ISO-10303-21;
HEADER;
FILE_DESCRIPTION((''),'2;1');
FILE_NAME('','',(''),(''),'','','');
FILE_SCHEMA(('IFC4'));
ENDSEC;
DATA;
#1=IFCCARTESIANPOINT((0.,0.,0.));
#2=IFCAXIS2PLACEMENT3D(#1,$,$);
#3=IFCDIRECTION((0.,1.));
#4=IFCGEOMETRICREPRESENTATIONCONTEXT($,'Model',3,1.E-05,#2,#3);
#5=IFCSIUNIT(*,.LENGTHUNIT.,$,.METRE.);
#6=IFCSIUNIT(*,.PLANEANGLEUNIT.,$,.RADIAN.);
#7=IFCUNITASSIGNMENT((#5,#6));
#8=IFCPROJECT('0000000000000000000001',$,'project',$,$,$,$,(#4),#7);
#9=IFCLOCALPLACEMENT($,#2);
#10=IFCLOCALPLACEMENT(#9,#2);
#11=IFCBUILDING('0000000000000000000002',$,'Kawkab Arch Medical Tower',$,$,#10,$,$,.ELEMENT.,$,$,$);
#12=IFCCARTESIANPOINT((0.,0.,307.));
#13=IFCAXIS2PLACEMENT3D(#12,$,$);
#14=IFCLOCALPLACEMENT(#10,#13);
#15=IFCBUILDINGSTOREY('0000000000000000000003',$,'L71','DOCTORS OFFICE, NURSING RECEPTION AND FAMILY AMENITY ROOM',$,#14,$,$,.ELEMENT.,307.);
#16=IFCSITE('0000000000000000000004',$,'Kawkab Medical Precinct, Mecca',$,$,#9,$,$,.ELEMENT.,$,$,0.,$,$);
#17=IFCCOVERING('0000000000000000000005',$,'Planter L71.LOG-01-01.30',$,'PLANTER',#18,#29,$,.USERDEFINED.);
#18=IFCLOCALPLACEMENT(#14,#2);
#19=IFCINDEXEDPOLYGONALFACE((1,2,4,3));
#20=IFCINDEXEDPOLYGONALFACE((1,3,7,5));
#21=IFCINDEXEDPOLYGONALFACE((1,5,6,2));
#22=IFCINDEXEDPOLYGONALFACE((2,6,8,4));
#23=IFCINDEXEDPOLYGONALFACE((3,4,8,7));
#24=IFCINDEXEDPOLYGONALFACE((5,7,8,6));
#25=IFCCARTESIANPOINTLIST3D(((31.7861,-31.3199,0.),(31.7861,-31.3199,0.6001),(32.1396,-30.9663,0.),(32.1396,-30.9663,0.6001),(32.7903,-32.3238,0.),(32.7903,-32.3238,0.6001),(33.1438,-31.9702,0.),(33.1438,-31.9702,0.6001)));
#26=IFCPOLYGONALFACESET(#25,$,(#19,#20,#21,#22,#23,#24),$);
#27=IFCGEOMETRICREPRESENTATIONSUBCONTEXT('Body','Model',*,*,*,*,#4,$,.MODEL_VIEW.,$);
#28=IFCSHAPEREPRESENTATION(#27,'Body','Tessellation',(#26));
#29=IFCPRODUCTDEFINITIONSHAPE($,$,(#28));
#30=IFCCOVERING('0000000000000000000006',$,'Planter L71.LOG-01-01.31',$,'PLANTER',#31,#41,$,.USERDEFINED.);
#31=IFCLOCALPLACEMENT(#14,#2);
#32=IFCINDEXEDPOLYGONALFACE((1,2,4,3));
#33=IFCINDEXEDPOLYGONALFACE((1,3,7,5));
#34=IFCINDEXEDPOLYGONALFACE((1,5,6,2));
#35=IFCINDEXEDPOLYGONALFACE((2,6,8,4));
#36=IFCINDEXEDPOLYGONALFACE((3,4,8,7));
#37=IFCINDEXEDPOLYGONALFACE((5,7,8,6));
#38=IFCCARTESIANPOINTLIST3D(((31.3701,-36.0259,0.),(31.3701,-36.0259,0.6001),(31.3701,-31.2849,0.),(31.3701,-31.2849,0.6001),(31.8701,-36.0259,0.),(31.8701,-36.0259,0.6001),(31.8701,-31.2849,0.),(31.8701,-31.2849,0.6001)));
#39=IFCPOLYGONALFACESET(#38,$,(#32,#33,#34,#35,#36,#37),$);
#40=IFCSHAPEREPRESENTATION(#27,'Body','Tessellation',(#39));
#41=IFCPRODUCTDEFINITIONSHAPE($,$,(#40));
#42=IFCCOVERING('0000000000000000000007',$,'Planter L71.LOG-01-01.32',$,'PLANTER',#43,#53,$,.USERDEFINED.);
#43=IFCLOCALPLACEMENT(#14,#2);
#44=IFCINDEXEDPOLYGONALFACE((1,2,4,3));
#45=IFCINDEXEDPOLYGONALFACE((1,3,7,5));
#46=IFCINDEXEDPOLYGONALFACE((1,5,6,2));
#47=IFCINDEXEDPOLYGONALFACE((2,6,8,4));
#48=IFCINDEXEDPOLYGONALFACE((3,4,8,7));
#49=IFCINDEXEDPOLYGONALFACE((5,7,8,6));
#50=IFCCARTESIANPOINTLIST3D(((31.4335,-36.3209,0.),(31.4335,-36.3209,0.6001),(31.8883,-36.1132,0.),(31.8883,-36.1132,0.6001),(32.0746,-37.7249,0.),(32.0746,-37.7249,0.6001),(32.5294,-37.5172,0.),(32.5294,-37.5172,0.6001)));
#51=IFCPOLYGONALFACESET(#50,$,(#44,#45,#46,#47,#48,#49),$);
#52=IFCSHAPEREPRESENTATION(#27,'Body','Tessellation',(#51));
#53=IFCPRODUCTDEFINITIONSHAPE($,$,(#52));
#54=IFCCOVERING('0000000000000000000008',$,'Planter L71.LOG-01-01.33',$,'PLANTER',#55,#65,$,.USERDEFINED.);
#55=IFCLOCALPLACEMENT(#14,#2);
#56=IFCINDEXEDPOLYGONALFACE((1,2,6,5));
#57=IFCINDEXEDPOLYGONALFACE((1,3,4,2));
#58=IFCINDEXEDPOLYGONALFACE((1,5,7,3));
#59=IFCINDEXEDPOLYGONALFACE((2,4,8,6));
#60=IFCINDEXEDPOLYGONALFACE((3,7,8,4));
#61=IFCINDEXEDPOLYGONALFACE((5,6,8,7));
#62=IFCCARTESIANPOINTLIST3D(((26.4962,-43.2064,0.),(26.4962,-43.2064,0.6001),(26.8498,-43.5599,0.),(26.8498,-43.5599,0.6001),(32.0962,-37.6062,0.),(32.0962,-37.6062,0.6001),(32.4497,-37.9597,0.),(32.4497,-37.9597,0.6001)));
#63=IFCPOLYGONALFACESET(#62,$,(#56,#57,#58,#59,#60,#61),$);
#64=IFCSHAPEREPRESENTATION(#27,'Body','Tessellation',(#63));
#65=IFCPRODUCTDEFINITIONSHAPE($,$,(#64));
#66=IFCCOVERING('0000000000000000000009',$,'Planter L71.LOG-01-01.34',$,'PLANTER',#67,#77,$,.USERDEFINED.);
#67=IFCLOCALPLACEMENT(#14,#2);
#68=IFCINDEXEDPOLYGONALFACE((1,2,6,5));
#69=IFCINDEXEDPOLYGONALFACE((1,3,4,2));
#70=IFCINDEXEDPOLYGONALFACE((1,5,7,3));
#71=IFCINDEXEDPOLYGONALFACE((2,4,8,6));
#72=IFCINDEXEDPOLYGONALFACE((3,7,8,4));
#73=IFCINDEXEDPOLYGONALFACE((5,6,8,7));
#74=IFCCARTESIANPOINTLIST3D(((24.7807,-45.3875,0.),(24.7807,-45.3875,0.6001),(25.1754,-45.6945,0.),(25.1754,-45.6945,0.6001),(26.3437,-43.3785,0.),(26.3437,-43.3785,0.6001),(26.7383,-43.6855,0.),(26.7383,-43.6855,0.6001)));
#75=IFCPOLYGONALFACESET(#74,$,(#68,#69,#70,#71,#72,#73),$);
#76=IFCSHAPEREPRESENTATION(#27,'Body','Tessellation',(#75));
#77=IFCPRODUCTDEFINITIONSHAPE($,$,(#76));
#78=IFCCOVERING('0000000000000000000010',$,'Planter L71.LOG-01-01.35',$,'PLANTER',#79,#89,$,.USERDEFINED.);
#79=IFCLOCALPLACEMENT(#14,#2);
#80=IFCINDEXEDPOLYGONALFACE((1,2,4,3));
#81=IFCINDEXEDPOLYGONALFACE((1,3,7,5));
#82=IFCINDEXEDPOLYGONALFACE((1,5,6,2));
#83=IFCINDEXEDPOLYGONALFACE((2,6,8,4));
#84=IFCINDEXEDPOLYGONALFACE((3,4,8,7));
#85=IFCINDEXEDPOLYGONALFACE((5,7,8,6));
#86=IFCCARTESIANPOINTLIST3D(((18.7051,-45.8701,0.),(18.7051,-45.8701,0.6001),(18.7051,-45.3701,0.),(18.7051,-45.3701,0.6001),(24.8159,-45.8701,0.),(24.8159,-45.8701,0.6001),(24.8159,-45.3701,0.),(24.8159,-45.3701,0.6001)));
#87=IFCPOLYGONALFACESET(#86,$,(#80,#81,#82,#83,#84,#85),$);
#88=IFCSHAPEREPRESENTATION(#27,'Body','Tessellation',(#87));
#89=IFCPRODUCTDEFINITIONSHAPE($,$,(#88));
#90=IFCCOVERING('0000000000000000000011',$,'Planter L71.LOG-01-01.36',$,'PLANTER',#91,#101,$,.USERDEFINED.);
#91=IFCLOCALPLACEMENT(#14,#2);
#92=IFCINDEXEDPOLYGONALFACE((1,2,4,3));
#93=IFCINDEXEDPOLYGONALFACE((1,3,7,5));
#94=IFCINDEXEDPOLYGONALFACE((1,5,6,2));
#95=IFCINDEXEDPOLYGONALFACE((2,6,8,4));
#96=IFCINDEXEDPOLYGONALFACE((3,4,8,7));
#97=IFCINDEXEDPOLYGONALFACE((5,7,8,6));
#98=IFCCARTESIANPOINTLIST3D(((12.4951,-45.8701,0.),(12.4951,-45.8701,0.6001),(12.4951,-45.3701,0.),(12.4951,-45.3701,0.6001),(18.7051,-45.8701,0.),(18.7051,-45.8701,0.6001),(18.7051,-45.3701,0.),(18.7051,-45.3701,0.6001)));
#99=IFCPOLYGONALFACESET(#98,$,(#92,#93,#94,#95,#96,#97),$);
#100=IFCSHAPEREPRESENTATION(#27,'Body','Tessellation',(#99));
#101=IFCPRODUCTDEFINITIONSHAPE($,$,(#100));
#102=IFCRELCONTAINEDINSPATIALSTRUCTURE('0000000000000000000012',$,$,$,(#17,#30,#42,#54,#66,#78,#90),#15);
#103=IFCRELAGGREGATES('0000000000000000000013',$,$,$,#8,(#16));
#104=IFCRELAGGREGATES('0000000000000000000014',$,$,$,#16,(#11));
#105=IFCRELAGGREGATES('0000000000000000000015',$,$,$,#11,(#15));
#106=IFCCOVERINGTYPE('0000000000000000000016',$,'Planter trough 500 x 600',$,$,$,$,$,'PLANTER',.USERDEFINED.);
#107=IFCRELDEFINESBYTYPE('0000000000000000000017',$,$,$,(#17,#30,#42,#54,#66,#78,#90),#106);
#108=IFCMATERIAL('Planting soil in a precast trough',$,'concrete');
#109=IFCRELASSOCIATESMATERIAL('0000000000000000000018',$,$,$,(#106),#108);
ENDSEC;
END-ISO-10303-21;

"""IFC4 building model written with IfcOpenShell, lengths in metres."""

from ifc_helpers import new_model, si_unit, direction, frame, origin, origin_2d, place, context, subcontext, project, spatial, rectangle, extrude, material, material_profile, profile_set, type_object, element, save


model = new_model("IFC4")

# Units and contexts
model_context = context("Model", 3, precision=1e-05, world=origin(), true_north=direction((0.0, 1.0)))
body_context = subcontext(model_context, "Body", "Model", "MODEL_VIEW")
ifc_project = project(units=[si_unit("LENGTHUNIT", "METRE"), si_unit("PLANEANGLEUNIT", "RADIAN")], contexts=[model_context])

# Site, building, storey
site_placement = place(None, origin())
site = spatial("IfcSite", under=ifc_project, at=site_placement, Name="Kawkab Medical Precinct, Mecca", CompositionType="ELEMENT", RefElevation=0.0)
building_placement = place(site_placement, origin())
building = spatial("IfcBuilding", under=site, at=building_placement, Name="Kawkab Arch Medical Tower", CompositionType="ELEMENT")
storey_placement = place(building_placement, frame((0.0, 0.0, 307.0)))
storey = spatial("IfcBuildingStorey", under=building, at=storey_placement, Name="L71", Description="DOCTORS OFFICE, NURSING RECEPTION AND FAMILY AMENITY ROOM", CompositionType="ELEMENT", Elevation=307.0)

# Coverings
ifc_material_1 = material(Name="Planting soil in a precast trough", Category="concrete")
ifc_material_profile_1 = material_profile(ifc_material_1, rectangle(XDim=0.5, YDim=0.6001, at=origin_2d()), Name="Trough 500x600")
ifc_profile_set_1 = profile_set([ifc_material_profile_1], Name="Planting soil in a precast trough")
covering_type_1 = type_object("IfcCoveringType", Name="Planter trough 500 x 600", ElementType="PLANTER", PredefinedType="USERDEFINED", material=ifc_profile_set_1)
covering_1_placement = place(storey_placement, frame((32.967, -32.147, 0.3), z_axis=(-0.707193, 0.707021, 0.0), x_axis=(-0.707021, -0.707193, 0.0)))
element("IfcCovering", 1, at=covering_1_placement, inside=storey, type_object=covering_type_1, Name="Planter L71.LOG-01-01.30", ObjectType="PLANTER", PredefinedType="USERDEFINED", context=body_context, shape_type="SweptSolid", body=[
    extrude(rectangle(XDim=0.5, YDim=0.6001, at=origin_2d()), origin(), (0.0, 0.0, 1.0), 1.4199),
])
covering_2_placement = place(storey_placement, frame((31.6201, -31.2849, 0.3), z_axis=(0.0, -1.0, 0.0), x_axis=(1.0, 0.0, 0.0)))
element("IfcCovering", 2, at=covering_2_placement, inside=storey, type_object=covering_type_1, Name="Planter L71.LOG-01-01.31", ObjectType="PLANTER", PredefinedType="USERDEFINED", context=body_context, shape_type="SweptSolid", body=[
    extrude(rectangle(XDim=0.5, YDim=0.6001, at=origin_2d()), origin(), (0.0, 0.0, 1.0), 4.741),
])
covering_3_placement = place(storey_placement, frame((31.6609, -36.217, 0.3), z_axis=(0.415363, -0.909656, 0.0), x_axis=(0.909656, 0.415363, 0.0)))
element("IfcCovering", 3, at=covering_3_placement, inside=storey, type_object=covering_type_1, Name="Planter L71.LOG-01-01.32", ObjectType="PLANTER", PredefinedType="USERDEFINED", context=body_context, shape_type="SweptSolid", body=[
    extrude(rectangle(XDim=0.5, YDim=0.6001, at=origin_2d()), origin(), (0.0, 0.0, 1.0), 1.5435),
])
covering_4_placement = place(storey_placement, frame((32.2729, -37.783, 0.3), z_axis=(-0.707091, -0.707122, 0.0), x_axis=(0.707122, -0.707091, 0.0)))
element("IfcCovering", 4, at=covering_4_placement, inside=storey, type_object=covering_type_1, Name="Planter L71.LOG-01-01.33", ObjectType="PLANTER", PredefinedType="USERDEFINED", context=body_context, shape_type="SweptSolid", body=[
    extrude(rectangle(XDim=0.5, YDim=0.6001, at=origin_2d()), origin(), (0.0, 0.0, 1.0), 7.9197),
])
covering_5_placement = place(storey_placement, frame((26.541, -43.532, 0.3), z_axis=(-0.61404, -0.789275, 0.0), x_axis=(0.789275, -0.61404, 0.0)))
element("IfcCovering", 5, at=covering_5_placement, inside=storey, type_object=covering_type_1, Name="Planter L71.LOG-01-01.34", ObjectType="PLANTER", PredefinedType="USERDEFINED", context=body_context, shape_type="SweptSolid", body=[
    extrude(rectangle(XDim=0.5, YDim=0.6001, at=origin_2d()), origin(), (0.0, 0.0, 1.0), 2.5454),
])
covering_6_placement = place(storey_placement, frame((24.8159, -45.6201, 0.3), z_axis=(-1.0, 0.0, 0.0), x_axis=(0.0, -1.0, 0.0)))
element("IfcCovering", 6, at=covering_6_placement, inside=storey, type_object=covering_type_1, Name="Planter L71.LOG-01-01.35", ObjectType="PLANTER", PredefinedType="USERDEFINED", context=body_context, shape_type="SweptSolid", body=[
    extrude(rectangle(XDim=0.5, YDim=0.6001, at=origin_2d()), origin(), (0.0, 0.0, 1.0), 6.1108),
])
covering_7_placement = place(storey_placement, frame((18.7051, -45.6201, 0.3), z_axis=(-1.0, 0.0, 0.0), x_axis=(0.0, -1.0, 0.0)))
element("IfcCovering", 7, at=covering_7_placement, inside=storey, type_object=covering_type_1, Name="Planter L71.LOG-01-01.36", ObjectType="PLANTER", PredefinedType="USERDEFINED", context=body_context, shape_type="SweptSolid", body=[
    extrude(rectangle(XDim=0.5, YDim=0.6001, at=origin_2d()), origin(), (0.0, 0.0, 1.0), 6.21),
])

save(model, "model.ifc")
